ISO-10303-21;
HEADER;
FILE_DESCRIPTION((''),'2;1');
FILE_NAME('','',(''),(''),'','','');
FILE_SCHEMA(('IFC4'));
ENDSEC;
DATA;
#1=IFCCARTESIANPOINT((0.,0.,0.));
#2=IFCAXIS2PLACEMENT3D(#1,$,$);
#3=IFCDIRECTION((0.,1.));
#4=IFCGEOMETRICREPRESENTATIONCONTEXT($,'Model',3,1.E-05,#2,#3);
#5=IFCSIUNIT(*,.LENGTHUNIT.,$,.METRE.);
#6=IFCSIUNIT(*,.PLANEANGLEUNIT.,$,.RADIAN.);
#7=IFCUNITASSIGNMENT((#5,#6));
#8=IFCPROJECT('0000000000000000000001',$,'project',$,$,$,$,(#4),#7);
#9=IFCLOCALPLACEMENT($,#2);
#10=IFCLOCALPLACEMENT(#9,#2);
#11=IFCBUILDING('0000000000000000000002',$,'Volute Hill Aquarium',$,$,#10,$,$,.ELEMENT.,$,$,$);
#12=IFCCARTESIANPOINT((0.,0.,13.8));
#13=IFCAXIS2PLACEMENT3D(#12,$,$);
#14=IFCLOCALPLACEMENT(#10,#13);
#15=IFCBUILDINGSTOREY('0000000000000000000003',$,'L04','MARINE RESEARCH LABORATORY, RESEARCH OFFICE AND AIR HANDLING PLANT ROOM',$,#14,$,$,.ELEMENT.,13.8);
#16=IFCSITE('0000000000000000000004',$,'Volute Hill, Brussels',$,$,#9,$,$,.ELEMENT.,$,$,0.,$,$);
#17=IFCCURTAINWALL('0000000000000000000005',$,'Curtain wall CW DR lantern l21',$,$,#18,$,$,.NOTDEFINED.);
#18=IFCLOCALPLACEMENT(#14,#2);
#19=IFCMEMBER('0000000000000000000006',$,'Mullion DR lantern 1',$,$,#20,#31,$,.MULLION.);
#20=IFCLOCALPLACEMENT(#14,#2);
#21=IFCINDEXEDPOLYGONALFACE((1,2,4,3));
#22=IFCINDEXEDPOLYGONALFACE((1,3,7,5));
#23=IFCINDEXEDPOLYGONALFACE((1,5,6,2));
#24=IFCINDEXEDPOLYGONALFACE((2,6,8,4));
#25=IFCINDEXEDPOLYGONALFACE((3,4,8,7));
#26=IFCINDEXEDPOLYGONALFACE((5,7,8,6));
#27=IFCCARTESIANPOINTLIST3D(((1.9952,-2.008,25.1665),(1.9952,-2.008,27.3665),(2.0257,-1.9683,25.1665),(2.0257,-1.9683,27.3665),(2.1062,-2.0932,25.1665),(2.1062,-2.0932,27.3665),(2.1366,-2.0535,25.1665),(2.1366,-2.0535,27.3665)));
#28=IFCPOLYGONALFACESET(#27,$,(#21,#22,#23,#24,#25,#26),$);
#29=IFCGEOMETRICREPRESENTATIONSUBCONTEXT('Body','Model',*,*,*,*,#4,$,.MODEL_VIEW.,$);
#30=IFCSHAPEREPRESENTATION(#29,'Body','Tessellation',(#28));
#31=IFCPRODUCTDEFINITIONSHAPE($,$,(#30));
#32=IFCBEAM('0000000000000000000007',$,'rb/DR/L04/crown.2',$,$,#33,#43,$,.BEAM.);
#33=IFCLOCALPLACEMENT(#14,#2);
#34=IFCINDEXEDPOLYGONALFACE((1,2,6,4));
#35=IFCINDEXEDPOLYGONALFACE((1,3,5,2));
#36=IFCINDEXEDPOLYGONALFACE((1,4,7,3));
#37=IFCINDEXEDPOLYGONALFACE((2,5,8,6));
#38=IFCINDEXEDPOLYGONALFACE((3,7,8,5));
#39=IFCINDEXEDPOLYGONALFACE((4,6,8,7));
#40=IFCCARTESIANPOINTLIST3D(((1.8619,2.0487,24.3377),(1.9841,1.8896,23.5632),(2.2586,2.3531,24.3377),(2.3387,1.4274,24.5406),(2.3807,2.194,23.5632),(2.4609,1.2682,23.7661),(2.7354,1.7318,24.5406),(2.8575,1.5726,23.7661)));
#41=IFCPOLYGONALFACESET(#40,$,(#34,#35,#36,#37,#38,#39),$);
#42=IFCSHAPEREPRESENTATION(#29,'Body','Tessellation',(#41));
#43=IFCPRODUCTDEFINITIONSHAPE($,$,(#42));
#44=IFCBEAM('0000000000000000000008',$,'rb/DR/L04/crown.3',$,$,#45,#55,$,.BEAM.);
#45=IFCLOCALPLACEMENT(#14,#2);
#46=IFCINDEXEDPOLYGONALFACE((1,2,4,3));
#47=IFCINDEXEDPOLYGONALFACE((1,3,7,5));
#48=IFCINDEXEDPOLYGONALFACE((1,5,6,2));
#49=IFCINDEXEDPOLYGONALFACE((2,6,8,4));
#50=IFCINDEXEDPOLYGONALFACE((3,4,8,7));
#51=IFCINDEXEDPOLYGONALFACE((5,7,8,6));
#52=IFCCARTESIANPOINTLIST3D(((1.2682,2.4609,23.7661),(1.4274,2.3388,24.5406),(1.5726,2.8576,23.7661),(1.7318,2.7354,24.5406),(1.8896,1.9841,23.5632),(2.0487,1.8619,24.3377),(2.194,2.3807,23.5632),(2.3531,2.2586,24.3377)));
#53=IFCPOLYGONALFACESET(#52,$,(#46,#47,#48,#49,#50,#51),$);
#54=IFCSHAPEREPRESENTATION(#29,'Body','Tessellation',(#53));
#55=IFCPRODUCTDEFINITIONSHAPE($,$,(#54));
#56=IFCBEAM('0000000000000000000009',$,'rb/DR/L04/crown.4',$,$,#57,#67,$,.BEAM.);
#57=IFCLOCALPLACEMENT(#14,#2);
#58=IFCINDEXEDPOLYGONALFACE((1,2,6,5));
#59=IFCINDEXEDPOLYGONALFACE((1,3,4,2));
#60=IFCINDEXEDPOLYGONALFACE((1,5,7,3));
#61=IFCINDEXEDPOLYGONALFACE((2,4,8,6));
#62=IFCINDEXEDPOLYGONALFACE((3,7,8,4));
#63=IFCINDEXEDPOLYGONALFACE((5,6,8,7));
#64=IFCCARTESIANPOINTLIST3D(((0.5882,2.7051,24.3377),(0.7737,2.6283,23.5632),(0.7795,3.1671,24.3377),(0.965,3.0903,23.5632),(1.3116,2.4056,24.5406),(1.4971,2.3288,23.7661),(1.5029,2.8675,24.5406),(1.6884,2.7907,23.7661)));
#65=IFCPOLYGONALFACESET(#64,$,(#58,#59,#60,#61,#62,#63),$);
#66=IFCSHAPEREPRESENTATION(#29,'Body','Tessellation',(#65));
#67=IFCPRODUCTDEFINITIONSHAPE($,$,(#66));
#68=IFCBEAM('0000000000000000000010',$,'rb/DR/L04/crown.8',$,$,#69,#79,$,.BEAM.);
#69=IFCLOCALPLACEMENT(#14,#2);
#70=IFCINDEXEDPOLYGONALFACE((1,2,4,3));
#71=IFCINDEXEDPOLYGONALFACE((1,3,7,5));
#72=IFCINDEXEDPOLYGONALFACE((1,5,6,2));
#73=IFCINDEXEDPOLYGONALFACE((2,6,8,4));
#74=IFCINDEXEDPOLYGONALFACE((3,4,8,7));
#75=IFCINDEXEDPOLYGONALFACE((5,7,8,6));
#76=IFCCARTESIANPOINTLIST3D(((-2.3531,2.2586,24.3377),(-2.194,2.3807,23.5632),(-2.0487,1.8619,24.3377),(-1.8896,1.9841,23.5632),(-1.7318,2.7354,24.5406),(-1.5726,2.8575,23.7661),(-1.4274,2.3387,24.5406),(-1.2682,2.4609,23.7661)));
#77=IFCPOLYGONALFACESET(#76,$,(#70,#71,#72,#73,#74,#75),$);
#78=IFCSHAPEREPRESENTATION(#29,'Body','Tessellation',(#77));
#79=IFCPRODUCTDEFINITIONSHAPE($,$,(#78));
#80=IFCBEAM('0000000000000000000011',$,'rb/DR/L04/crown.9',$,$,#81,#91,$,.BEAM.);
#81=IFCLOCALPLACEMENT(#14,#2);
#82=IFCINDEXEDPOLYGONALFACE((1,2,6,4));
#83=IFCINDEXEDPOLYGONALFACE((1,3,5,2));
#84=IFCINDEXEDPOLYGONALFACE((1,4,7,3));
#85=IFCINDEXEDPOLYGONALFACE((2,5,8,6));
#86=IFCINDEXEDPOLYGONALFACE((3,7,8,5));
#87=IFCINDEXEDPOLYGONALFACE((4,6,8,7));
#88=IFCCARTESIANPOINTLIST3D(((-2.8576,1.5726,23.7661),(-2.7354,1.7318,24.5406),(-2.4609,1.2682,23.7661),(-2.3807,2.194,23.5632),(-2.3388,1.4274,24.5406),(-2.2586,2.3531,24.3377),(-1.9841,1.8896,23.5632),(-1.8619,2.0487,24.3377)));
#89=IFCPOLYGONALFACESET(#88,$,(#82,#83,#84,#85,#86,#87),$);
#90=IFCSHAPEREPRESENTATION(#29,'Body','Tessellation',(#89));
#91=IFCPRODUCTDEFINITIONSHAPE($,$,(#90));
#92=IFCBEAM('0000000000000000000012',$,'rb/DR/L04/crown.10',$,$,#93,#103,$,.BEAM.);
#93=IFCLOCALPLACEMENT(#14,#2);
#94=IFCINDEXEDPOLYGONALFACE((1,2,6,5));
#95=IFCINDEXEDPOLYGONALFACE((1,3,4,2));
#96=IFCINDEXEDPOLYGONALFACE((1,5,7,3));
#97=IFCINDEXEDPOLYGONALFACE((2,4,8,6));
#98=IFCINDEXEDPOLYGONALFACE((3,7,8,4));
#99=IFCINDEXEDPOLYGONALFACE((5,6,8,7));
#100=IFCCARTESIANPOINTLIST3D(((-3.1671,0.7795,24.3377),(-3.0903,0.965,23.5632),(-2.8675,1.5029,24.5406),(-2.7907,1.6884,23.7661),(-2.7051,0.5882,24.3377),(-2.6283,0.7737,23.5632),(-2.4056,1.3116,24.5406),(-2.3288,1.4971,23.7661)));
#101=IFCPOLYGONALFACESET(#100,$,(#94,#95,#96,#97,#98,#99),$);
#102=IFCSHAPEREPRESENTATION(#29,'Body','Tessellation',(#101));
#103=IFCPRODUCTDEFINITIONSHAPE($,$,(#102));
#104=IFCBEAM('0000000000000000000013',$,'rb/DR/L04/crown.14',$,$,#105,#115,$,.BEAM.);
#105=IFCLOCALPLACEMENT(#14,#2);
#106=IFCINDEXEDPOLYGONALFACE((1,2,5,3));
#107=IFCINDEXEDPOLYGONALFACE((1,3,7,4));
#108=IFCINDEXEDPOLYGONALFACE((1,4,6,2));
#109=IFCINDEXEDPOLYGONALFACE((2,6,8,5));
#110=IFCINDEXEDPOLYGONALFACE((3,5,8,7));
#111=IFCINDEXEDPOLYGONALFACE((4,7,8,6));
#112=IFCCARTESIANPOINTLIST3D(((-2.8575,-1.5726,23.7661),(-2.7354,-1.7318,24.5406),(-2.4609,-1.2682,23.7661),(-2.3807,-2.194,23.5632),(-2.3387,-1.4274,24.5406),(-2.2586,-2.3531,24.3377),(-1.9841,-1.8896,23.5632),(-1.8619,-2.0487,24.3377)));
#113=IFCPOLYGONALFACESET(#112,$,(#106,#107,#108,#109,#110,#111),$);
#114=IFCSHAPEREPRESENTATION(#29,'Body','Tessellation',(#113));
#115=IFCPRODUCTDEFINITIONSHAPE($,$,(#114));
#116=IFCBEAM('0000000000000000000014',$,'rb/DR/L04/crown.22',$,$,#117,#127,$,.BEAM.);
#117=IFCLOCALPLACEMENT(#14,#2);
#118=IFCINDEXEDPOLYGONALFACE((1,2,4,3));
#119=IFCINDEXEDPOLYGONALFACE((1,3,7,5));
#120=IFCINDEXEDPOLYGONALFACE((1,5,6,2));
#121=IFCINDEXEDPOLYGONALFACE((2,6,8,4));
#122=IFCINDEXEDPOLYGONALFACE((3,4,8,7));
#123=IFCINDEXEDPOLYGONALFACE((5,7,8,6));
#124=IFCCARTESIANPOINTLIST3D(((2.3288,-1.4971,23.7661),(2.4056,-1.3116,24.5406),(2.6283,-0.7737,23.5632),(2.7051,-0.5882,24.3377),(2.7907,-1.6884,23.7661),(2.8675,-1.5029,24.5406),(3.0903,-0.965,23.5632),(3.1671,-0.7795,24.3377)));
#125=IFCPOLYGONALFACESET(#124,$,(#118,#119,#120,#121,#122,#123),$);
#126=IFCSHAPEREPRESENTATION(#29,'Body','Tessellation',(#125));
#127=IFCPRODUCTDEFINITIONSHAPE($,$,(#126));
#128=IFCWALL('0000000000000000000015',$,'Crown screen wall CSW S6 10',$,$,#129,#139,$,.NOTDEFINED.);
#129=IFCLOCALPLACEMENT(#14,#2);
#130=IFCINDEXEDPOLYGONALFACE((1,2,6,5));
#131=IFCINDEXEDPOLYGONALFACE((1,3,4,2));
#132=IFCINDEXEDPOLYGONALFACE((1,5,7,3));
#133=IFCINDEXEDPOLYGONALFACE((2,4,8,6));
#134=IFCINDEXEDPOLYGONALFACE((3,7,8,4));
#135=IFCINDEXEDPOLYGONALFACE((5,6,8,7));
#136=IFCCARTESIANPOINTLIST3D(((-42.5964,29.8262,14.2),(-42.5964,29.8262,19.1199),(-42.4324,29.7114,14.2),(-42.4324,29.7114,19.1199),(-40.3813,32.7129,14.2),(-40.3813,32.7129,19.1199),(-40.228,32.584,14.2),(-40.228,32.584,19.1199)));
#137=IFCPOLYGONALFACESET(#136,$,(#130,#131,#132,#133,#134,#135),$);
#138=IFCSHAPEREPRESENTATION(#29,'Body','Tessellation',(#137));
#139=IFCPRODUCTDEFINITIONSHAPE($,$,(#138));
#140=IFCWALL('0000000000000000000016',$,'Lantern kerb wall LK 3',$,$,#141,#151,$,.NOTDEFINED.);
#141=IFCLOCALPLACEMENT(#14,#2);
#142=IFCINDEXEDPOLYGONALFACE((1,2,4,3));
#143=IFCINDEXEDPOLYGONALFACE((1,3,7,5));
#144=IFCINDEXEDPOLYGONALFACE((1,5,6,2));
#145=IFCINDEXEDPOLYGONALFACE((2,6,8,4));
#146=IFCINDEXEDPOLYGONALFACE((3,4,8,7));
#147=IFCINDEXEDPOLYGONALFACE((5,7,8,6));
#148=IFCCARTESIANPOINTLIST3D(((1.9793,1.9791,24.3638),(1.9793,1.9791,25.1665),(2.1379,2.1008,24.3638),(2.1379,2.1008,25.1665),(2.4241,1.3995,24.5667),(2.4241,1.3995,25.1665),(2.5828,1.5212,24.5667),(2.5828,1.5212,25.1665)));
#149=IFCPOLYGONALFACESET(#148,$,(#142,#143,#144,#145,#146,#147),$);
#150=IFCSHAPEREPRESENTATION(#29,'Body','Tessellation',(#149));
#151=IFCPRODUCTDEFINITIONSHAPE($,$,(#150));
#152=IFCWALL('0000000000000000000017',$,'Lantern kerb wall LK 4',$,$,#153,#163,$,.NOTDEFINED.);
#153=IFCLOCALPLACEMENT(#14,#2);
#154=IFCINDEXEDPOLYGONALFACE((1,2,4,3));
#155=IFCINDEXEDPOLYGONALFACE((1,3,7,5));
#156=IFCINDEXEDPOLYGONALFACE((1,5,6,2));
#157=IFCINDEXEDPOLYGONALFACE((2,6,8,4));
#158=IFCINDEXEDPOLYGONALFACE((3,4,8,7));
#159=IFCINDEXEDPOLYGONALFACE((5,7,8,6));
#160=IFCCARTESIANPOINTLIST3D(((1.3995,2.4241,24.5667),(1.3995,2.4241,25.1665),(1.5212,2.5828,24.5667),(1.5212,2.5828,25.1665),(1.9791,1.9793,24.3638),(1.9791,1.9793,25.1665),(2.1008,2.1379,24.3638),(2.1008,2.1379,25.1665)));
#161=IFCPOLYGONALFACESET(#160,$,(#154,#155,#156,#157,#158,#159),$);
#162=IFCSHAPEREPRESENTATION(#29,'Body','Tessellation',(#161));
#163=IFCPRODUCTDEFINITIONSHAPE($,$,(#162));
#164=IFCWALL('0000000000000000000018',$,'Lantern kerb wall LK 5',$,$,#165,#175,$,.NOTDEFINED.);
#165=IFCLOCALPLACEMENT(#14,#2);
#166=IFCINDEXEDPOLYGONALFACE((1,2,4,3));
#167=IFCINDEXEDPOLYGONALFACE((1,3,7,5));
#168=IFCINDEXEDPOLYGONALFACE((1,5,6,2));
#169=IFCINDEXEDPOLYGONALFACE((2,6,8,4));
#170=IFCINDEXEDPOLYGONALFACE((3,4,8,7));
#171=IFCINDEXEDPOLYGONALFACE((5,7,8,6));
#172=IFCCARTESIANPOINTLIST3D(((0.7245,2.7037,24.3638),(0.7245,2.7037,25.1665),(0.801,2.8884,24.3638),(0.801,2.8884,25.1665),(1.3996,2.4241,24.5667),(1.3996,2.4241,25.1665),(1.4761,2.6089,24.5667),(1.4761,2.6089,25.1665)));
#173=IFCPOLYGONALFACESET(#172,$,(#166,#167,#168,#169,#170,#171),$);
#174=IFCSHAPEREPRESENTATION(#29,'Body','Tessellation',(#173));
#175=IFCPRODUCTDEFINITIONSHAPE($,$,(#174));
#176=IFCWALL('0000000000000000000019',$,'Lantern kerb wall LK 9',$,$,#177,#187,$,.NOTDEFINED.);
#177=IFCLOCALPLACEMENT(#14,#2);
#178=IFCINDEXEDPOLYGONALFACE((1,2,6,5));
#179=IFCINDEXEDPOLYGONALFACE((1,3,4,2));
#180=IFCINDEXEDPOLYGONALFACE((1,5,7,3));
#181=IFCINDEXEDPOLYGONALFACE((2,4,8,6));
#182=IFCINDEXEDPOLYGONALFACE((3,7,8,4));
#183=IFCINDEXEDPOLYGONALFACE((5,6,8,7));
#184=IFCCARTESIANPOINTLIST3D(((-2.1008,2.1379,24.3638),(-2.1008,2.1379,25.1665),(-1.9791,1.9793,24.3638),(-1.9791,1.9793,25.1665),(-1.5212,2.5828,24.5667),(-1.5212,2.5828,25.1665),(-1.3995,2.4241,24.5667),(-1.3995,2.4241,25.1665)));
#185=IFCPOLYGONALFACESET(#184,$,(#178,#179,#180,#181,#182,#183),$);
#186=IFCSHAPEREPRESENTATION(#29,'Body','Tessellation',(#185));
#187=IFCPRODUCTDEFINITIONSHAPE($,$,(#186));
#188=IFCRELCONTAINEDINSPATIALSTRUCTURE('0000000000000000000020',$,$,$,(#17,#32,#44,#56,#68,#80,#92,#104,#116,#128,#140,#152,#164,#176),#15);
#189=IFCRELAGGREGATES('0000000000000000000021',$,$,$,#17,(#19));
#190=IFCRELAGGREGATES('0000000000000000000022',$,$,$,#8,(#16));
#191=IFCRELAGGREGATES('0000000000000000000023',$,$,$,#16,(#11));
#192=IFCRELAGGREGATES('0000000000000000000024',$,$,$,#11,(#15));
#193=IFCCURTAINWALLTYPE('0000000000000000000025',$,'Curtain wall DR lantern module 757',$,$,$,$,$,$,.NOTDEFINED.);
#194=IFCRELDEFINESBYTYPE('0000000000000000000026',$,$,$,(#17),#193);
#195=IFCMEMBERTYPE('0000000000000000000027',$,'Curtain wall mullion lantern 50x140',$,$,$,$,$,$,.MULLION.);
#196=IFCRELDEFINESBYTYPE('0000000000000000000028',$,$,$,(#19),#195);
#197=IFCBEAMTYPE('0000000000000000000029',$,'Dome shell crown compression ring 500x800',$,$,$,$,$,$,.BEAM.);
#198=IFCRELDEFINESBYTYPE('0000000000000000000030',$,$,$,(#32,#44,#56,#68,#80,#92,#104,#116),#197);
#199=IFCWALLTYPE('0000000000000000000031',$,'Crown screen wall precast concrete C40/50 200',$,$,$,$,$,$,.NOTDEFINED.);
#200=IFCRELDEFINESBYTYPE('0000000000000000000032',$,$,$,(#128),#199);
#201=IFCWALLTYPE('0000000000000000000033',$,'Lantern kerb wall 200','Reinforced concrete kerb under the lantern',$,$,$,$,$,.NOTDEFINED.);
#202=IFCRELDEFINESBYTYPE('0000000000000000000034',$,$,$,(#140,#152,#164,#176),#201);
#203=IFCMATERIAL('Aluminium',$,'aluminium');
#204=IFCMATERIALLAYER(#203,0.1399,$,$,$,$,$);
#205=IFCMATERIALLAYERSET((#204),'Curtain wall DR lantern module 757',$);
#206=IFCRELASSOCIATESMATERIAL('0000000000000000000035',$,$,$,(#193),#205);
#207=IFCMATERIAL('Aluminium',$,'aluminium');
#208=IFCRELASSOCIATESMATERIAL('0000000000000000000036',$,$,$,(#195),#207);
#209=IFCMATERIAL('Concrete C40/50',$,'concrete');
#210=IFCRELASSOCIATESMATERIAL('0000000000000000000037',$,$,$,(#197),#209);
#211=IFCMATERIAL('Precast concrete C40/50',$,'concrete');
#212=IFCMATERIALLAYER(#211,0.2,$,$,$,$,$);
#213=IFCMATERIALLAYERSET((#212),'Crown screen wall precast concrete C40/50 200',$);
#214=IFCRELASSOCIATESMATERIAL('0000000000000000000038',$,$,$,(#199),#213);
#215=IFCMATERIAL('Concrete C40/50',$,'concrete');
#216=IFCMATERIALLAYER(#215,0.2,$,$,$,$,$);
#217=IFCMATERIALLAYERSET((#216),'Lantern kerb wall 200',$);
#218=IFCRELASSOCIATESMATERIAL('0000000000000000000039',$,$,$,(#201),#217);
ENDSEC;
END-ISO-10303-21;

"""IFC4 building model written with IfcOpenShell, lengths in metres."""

from ifc_helpers import new_model, si_unit, direction, frame, origin, origin_2d, place, context, subcontext, project, spatial, polyline, rectangle, outline, extrude, material, layer, layer_set, material_profile, profile_set, type_object, element, aggregate, save


model = new_model("IFC4")

# Units and contexts
model_context = context("Model", 3, precision=1e-05, world=origin(), true_north=direction((0.0, 1.0)))
body_context = subcontext(model_context, "Body", "Model", "MODEL_VIEW")
ifc_project = project(units=[si_unit("LENGTHUNIT", "METRE"), si_unit("PLANEANGLEUNIT", "RADIAN")], contexts=[model_context])

# Site, building, storey
site_placement = place(None, origin())
site = spatial("IfcSite", under=ifc_project, at=site_placement, Name="Volute Hill, Brussels", CompositionType="ELEMENT", RefElevation=0.0)
building_placement = place(site_placement, origin())
building = spatial("IfcBuilding", under=site, at=building_placement, Name="Volute Hill Aquarium", CompositionType="ELEMENT")
storey_placement = place(building_placement, frame((0.0, 0.0, 13.8)))
storey = spatial("IfcBuildingStorey", under=building, at=storey_placement, Name="L04", Description="MARINE RESEARCH LABORATORY, RESEARCH OFFICE AND AIR HANDLING PLANT ROOM", CompositionType="ELEMENT", Elevation=13.8)

# Curtain wall, member
ifc_material_1 = material(Name="Aluminium", Category="aluminium")
ifc_layer_1 = layer(ifc_material_1, 0.1399)
ifc_layer_set_1 = layer_set([ifc_layer_1], Name="Curtain wall DR lantern module 757")
curtain_wall_type = type_object("IfcCurtainWallType", Name="Curtain wall DR lantern module 757", PredefinedType="NOTDEFINED", material=ifc_layer_set_1)
ifc_material_2 = material(Name="Aluminium", Category="aluminium")
ifc_material_profile_1 = material_profile(ifc_material_2, rectangle(XDim=0.1399, YDim=0.05, at=origin_2d()), Name="Curtain wall mullion lantern 50x140")
ifc_profile_set_1 = profile_set([ifc_material_profile_1], Name="Aluminium")
member_type = type_object("IfcMemberType", Name="Curtain wall mullion lantern 50x140", PredefinedType="MULLION", material=ifc_profile_set_1)
curtain_wall_1_placement = place(storey_placement, origin())
curtain_wall_1 = element("IfcCurtainWall", 1, at=curtain_wall_1_placement, inside=storey, type_object=curtain_wall_type, Name="Curtain wall CW DR lantern l21", PredefinedType="NOTDEFINED")
member_1_placement = place(storey_placement, frame((2.0659, -2.0308, 25.1665), z_axis=(0.0, 0.0, 1.0), x_axis=(-0.793326, 0.608798, 0.0)))
member_1 = element("IfcMember", 2, at=member_1_placement, type_object=member_type, Name="Mullion DR lantern 1", PredefinedType="MULLION", context=body_context, shape_type="SweptSolid", body=[
    extrude(rectangle(XDim=0.1399, YDim=0.05, at=origin_2d()), origin(), (0.0, 0.0, 1.0), 2.2),
])
aggregate(curtain_wall_1, [member_1])

# Beams
ifc_material_3 = material(Name="Concrete C40/50", Category="concrete")
ifc_material_profile_2 = material_profile(ifc_material_3, rectangle(XDim=0.5, YDim=0.8, at=origin_2d()), Name="RC beam 500x800")
ifc_profile_set_2 = profile_set([ifc_material_profile_2], Name="Concrete C40/50")
beam_type = type_object("IfcBeamType", Name="Dome shell crown compression ring 500x800", PredefinedType="BEAM", material=ifc_profile_set_2)
for number, where, z_axis, x_axis, name in (
    (3, (2.5981, 1.5, 24.1533), (-0.58934, 0.767982, -0.250764), (-0.79333, -0.608791, 0.0), "rb/DR/L04/crown.2"),
    (4, (2.1213, 2.1213, 23.9504), (-0.767982, 0.58934, 0.250764), (-0.608791, -0.79333, 0.0), "rb/DR/L04/crown.3"),
):
    element("IfcBeam", number, at=place(storey_placement, frame(where, z_axis=z_axis, x_axis=x_axis)), inside=storey, type_object=beam_type, Name=name, PredefinedType="BEAM", context=body_context, shape_type="SweptSolid", body=[
        extrude(rectangle(XDim=0.5, YDim=0.8, at=origin_2d()), origin(), (0.0, 0.0, 1.0), 0.8091),
    ])
beam_1_placement = place(storey_placement, frame((1.5, 2.5981, 24.1533), z_axis=(-0.894376, 0.370368, -0.250836), x_axis=(-0.3826, -0.923914, 0.0)))
element("IfcBeam", 5, at=beam_1_placement, inside=storey, type_object=beam_type, Name="rb/DR/L04/crown.4", PredefinedType="BEAM", context=body_context, shape_type="SweptSolid", body=[
    extrude(rectangle(XDim=0.5, YDim=0.8, at=origin_2d()), origin(), (0.0, 0.0, 1.0), 0.8088),
])
for number, where, z_axis, x_axis, name in (
    (6, (-1.5, 2.5981, 24.1533), (-0.767982, -0.58934, -0.250764), (0.608791, -0.79333, 0.0), "rb/DR/L04/crown.8"),
    (7, (-2.1213, 2.1213, 23.9504), (-0.58934, -0.767982, 0.250764), (0.79333, -0.608791, 0.0), "rb/DR/L04/crown.9"),
):
    element("IfcBeam", number, at=place(storey_placement, frame(where, z_axis=z_axis, x_axis=x_axis)), inside=storey, type_object=beam_type, Name=name, PredefinedType="BEAM", context=body_context, shape_type="SweptSolid", body=[
        extrude(rectangle(XDim=0.5, YDim=0.8, at=origin_2d()), origin(), (0.0, 0.0, 1.0), 0.8091),
    ])
beam_2_placement = place(storey_placement, frame((-2.5981, 1.5, 24.1533), z_axis=(-0.370368, -0.894376, -0.250836), x_axis=(0.923914, -0.3826, 0.0)))
element("IfcBeam", 8, at=beam_2_placement, inside=storey, type_object=beam_type, Name="rb/DR/L04/crown.10", PredefinedType="BEAM", context=body_context, shape_type="SweptSolid", body=[
    extrude(rectangle(XDim=0.5, YDim=0.8, at=origin_2d()), origin(), (0.0, 0.0, 1.0), 0.8088),
])
beam_3_placement = place(storey_placement, frame((-2.5981, -1.5, 24.1533), z_axis=(0.58934, -0.767982, -0.250764), x_axis=(0.79333, 0.608791, 0.0)))
element("IfcBeam", 9, at=beam_3_placement, inside=storey, type_object=beam_type, Name="rb/DR/L04/crown.14", PredefinedType="BEAM", context=body_context, shape_type="SweptSolid", body=[
    extrude(rectangle(XDim=0.5, YDim=0.8, at=origin_2d()), origin(), (0.0, 0.0, 1.0), 0.8091),
])
beam_4_placement = place(storey_placement, frame((2.5981, -1.5, 24.1533), z_axis=(0.370368, 0.894376, -0.250836), x_axis=(-0.923914, 0.3826, 0.0)))
element("IfcBeam", 10, at=beam_4_placement, inside=storey, type_object=beam_type, Name="rb/DR/L04/crown.22", PredefinedType="BEAM", context=body_context, shape_type="SweptSolid", body=[
    extrude(rectangle(XDim=0.5, YDim=0.8, at=origin_2d()), origin(), (0.0, 0.0, 1.0), 0.8088),
])

# Walls
ifc_material_4 = material(Name="Precast concrete C40/50", Category="concrete")
ifc_layer_2 = layer(ifc_material_4, 0.2)
ifc_layer_set_2 = layer_set([ifc_layer_2], Name="Crown screen wall precast concrete C40/50 200")
wall_type_1 = type_object("IfcWallType", Name="Crown screen wall precast concrete C40/50 200", PredefinedType="NOTDEFINED", material=ifc_layer_set_2)
wall_1_placement = place(storey_placement, frame((0.0, 0.0, 14.2)))
element("IfcWall", 11, at=wall_1_placement, inside=storey, type_object=wall_type_1, Name="Crown screen wall CSW S6 10", PredefinedType="NOTDEFINED", context=body_context, shape_type="SweptSolid", body=[
    extrude(outline(polyline([(-40.3813, 32.7129), (-42.5964, 29.8262), (-42.4324, 29.7114), (-40.228, 32.584), (-40.3813, 32.7129)])), origin(), (0.0, 0.0, 1.0), 4.9199),
])
ifc_material_5 = material(Name="Concrete C40/50", Category="concrete")
ifc_layer_3 = layer(ifc_material_5, 0.2)
ifc_layer_set_3 = layer_set([ifc_layer_3], Name="Lantern kerb wall 200")
wall_type_2 = type_object("IfcWallType", Name="Lantern kerb wall 200", Description="Reinforced concrete kerb under the lantern", PredefinedType="NOTDEFINED", material=ifc_layer_set_3)
wall_2_placement = place(storey_placement, frame((2.5828, 1.5212, 24.5667), z_axis=(0.793294, 0.608838, 0.0), x_axis=(-0.58664, 0.764371, -0.267562)))
element("IfcWall", 12, at=wall_2_placement, inside=storey, type_object=wall_type_2, Name="Lantern kerb wall LK 3", PredefinedType="NOTDEFINED", context=body_context, shape_type="SweptSolid", body=[
    extrude(outline(polyline([(0.0, 0.0), (0.7583, 0.0), (0.5435, 0.7735), (-0.1605, 0.578), (0.0, 0.0)])), origin(), (0.0, 0.0, -1.0), 0.2),
])
wall_3_placement = place(storey_placement, frame((2.1008, 2.1379, 24.3638), z_axis=(0.608838, 0.793294, 0.0), x_axis=(-0.764371, 0.58664, 0.267562)))
element("IfcWall", 13, at=wall_3_placement, inside=storey, type_object=wall_type_2, Name="Lantern kerb wall LK 4", PredefinedType="NOTDEFINED", context=body_context, shape_type="SweptSolid", body=[
    extrude(outline(polyline([(0.0, 0.0), (0.7583, 0.0), (0.9188, 0.578), (0.2148, 0.7735), (0.0, 0.0)])), origin(), (0.0, 0.0, -1.0), 0.2),
])
wall_4_placement = place(storey_placement, frame((1.4761, 2.6089, 24.5667), z_axis=(0.382598, 0.923915, 0.0), x_axis=(-0.890232, 0.368649, -0.267553)))
element("IfcWall", 14, at=wall_4_placement, inside=storey, type_object=wall_type_2, Name="Lantern kerb wall LK 5", PredefinedType="NOTDEFINED", context=body_context, shape_type="SweptSolid", body=[
    extrude(outline(polyline([(0.0, 0.0), (0.7583, 0.0), (0.5435, 0.7735), (-0.1605, 0.578), (0.0, 0.0)])), origin(), (0.0, 0.0, -1.0), 0.2),
])
wall_5_placement = place(storey_placement, frame((-1.5212, 2.5828, 24.5667), z_axis=(-0.608838, 0.793294, 0.0), x_axis=(-0.764371, -0.58664, -0.267562)))
element("IfcWall", 15, at=wall_5_placement, inside=storey, type_object=wall_type_2, Name="Lantern kerb wall LK 9", PredefinedType="NOTDEFINED", context=body_context, shape_type="SweptSolid", body=[
    extrude(outline(polyline([(0.0, 0.0), (0.7583, 0.0), (0.5435, 0.7735), (-0.1605, 0.578), (0.0, 0.0)])), origin(), (0.0, 0.0, -1.0), 0.2),
])

save(model, "model.ifc")
